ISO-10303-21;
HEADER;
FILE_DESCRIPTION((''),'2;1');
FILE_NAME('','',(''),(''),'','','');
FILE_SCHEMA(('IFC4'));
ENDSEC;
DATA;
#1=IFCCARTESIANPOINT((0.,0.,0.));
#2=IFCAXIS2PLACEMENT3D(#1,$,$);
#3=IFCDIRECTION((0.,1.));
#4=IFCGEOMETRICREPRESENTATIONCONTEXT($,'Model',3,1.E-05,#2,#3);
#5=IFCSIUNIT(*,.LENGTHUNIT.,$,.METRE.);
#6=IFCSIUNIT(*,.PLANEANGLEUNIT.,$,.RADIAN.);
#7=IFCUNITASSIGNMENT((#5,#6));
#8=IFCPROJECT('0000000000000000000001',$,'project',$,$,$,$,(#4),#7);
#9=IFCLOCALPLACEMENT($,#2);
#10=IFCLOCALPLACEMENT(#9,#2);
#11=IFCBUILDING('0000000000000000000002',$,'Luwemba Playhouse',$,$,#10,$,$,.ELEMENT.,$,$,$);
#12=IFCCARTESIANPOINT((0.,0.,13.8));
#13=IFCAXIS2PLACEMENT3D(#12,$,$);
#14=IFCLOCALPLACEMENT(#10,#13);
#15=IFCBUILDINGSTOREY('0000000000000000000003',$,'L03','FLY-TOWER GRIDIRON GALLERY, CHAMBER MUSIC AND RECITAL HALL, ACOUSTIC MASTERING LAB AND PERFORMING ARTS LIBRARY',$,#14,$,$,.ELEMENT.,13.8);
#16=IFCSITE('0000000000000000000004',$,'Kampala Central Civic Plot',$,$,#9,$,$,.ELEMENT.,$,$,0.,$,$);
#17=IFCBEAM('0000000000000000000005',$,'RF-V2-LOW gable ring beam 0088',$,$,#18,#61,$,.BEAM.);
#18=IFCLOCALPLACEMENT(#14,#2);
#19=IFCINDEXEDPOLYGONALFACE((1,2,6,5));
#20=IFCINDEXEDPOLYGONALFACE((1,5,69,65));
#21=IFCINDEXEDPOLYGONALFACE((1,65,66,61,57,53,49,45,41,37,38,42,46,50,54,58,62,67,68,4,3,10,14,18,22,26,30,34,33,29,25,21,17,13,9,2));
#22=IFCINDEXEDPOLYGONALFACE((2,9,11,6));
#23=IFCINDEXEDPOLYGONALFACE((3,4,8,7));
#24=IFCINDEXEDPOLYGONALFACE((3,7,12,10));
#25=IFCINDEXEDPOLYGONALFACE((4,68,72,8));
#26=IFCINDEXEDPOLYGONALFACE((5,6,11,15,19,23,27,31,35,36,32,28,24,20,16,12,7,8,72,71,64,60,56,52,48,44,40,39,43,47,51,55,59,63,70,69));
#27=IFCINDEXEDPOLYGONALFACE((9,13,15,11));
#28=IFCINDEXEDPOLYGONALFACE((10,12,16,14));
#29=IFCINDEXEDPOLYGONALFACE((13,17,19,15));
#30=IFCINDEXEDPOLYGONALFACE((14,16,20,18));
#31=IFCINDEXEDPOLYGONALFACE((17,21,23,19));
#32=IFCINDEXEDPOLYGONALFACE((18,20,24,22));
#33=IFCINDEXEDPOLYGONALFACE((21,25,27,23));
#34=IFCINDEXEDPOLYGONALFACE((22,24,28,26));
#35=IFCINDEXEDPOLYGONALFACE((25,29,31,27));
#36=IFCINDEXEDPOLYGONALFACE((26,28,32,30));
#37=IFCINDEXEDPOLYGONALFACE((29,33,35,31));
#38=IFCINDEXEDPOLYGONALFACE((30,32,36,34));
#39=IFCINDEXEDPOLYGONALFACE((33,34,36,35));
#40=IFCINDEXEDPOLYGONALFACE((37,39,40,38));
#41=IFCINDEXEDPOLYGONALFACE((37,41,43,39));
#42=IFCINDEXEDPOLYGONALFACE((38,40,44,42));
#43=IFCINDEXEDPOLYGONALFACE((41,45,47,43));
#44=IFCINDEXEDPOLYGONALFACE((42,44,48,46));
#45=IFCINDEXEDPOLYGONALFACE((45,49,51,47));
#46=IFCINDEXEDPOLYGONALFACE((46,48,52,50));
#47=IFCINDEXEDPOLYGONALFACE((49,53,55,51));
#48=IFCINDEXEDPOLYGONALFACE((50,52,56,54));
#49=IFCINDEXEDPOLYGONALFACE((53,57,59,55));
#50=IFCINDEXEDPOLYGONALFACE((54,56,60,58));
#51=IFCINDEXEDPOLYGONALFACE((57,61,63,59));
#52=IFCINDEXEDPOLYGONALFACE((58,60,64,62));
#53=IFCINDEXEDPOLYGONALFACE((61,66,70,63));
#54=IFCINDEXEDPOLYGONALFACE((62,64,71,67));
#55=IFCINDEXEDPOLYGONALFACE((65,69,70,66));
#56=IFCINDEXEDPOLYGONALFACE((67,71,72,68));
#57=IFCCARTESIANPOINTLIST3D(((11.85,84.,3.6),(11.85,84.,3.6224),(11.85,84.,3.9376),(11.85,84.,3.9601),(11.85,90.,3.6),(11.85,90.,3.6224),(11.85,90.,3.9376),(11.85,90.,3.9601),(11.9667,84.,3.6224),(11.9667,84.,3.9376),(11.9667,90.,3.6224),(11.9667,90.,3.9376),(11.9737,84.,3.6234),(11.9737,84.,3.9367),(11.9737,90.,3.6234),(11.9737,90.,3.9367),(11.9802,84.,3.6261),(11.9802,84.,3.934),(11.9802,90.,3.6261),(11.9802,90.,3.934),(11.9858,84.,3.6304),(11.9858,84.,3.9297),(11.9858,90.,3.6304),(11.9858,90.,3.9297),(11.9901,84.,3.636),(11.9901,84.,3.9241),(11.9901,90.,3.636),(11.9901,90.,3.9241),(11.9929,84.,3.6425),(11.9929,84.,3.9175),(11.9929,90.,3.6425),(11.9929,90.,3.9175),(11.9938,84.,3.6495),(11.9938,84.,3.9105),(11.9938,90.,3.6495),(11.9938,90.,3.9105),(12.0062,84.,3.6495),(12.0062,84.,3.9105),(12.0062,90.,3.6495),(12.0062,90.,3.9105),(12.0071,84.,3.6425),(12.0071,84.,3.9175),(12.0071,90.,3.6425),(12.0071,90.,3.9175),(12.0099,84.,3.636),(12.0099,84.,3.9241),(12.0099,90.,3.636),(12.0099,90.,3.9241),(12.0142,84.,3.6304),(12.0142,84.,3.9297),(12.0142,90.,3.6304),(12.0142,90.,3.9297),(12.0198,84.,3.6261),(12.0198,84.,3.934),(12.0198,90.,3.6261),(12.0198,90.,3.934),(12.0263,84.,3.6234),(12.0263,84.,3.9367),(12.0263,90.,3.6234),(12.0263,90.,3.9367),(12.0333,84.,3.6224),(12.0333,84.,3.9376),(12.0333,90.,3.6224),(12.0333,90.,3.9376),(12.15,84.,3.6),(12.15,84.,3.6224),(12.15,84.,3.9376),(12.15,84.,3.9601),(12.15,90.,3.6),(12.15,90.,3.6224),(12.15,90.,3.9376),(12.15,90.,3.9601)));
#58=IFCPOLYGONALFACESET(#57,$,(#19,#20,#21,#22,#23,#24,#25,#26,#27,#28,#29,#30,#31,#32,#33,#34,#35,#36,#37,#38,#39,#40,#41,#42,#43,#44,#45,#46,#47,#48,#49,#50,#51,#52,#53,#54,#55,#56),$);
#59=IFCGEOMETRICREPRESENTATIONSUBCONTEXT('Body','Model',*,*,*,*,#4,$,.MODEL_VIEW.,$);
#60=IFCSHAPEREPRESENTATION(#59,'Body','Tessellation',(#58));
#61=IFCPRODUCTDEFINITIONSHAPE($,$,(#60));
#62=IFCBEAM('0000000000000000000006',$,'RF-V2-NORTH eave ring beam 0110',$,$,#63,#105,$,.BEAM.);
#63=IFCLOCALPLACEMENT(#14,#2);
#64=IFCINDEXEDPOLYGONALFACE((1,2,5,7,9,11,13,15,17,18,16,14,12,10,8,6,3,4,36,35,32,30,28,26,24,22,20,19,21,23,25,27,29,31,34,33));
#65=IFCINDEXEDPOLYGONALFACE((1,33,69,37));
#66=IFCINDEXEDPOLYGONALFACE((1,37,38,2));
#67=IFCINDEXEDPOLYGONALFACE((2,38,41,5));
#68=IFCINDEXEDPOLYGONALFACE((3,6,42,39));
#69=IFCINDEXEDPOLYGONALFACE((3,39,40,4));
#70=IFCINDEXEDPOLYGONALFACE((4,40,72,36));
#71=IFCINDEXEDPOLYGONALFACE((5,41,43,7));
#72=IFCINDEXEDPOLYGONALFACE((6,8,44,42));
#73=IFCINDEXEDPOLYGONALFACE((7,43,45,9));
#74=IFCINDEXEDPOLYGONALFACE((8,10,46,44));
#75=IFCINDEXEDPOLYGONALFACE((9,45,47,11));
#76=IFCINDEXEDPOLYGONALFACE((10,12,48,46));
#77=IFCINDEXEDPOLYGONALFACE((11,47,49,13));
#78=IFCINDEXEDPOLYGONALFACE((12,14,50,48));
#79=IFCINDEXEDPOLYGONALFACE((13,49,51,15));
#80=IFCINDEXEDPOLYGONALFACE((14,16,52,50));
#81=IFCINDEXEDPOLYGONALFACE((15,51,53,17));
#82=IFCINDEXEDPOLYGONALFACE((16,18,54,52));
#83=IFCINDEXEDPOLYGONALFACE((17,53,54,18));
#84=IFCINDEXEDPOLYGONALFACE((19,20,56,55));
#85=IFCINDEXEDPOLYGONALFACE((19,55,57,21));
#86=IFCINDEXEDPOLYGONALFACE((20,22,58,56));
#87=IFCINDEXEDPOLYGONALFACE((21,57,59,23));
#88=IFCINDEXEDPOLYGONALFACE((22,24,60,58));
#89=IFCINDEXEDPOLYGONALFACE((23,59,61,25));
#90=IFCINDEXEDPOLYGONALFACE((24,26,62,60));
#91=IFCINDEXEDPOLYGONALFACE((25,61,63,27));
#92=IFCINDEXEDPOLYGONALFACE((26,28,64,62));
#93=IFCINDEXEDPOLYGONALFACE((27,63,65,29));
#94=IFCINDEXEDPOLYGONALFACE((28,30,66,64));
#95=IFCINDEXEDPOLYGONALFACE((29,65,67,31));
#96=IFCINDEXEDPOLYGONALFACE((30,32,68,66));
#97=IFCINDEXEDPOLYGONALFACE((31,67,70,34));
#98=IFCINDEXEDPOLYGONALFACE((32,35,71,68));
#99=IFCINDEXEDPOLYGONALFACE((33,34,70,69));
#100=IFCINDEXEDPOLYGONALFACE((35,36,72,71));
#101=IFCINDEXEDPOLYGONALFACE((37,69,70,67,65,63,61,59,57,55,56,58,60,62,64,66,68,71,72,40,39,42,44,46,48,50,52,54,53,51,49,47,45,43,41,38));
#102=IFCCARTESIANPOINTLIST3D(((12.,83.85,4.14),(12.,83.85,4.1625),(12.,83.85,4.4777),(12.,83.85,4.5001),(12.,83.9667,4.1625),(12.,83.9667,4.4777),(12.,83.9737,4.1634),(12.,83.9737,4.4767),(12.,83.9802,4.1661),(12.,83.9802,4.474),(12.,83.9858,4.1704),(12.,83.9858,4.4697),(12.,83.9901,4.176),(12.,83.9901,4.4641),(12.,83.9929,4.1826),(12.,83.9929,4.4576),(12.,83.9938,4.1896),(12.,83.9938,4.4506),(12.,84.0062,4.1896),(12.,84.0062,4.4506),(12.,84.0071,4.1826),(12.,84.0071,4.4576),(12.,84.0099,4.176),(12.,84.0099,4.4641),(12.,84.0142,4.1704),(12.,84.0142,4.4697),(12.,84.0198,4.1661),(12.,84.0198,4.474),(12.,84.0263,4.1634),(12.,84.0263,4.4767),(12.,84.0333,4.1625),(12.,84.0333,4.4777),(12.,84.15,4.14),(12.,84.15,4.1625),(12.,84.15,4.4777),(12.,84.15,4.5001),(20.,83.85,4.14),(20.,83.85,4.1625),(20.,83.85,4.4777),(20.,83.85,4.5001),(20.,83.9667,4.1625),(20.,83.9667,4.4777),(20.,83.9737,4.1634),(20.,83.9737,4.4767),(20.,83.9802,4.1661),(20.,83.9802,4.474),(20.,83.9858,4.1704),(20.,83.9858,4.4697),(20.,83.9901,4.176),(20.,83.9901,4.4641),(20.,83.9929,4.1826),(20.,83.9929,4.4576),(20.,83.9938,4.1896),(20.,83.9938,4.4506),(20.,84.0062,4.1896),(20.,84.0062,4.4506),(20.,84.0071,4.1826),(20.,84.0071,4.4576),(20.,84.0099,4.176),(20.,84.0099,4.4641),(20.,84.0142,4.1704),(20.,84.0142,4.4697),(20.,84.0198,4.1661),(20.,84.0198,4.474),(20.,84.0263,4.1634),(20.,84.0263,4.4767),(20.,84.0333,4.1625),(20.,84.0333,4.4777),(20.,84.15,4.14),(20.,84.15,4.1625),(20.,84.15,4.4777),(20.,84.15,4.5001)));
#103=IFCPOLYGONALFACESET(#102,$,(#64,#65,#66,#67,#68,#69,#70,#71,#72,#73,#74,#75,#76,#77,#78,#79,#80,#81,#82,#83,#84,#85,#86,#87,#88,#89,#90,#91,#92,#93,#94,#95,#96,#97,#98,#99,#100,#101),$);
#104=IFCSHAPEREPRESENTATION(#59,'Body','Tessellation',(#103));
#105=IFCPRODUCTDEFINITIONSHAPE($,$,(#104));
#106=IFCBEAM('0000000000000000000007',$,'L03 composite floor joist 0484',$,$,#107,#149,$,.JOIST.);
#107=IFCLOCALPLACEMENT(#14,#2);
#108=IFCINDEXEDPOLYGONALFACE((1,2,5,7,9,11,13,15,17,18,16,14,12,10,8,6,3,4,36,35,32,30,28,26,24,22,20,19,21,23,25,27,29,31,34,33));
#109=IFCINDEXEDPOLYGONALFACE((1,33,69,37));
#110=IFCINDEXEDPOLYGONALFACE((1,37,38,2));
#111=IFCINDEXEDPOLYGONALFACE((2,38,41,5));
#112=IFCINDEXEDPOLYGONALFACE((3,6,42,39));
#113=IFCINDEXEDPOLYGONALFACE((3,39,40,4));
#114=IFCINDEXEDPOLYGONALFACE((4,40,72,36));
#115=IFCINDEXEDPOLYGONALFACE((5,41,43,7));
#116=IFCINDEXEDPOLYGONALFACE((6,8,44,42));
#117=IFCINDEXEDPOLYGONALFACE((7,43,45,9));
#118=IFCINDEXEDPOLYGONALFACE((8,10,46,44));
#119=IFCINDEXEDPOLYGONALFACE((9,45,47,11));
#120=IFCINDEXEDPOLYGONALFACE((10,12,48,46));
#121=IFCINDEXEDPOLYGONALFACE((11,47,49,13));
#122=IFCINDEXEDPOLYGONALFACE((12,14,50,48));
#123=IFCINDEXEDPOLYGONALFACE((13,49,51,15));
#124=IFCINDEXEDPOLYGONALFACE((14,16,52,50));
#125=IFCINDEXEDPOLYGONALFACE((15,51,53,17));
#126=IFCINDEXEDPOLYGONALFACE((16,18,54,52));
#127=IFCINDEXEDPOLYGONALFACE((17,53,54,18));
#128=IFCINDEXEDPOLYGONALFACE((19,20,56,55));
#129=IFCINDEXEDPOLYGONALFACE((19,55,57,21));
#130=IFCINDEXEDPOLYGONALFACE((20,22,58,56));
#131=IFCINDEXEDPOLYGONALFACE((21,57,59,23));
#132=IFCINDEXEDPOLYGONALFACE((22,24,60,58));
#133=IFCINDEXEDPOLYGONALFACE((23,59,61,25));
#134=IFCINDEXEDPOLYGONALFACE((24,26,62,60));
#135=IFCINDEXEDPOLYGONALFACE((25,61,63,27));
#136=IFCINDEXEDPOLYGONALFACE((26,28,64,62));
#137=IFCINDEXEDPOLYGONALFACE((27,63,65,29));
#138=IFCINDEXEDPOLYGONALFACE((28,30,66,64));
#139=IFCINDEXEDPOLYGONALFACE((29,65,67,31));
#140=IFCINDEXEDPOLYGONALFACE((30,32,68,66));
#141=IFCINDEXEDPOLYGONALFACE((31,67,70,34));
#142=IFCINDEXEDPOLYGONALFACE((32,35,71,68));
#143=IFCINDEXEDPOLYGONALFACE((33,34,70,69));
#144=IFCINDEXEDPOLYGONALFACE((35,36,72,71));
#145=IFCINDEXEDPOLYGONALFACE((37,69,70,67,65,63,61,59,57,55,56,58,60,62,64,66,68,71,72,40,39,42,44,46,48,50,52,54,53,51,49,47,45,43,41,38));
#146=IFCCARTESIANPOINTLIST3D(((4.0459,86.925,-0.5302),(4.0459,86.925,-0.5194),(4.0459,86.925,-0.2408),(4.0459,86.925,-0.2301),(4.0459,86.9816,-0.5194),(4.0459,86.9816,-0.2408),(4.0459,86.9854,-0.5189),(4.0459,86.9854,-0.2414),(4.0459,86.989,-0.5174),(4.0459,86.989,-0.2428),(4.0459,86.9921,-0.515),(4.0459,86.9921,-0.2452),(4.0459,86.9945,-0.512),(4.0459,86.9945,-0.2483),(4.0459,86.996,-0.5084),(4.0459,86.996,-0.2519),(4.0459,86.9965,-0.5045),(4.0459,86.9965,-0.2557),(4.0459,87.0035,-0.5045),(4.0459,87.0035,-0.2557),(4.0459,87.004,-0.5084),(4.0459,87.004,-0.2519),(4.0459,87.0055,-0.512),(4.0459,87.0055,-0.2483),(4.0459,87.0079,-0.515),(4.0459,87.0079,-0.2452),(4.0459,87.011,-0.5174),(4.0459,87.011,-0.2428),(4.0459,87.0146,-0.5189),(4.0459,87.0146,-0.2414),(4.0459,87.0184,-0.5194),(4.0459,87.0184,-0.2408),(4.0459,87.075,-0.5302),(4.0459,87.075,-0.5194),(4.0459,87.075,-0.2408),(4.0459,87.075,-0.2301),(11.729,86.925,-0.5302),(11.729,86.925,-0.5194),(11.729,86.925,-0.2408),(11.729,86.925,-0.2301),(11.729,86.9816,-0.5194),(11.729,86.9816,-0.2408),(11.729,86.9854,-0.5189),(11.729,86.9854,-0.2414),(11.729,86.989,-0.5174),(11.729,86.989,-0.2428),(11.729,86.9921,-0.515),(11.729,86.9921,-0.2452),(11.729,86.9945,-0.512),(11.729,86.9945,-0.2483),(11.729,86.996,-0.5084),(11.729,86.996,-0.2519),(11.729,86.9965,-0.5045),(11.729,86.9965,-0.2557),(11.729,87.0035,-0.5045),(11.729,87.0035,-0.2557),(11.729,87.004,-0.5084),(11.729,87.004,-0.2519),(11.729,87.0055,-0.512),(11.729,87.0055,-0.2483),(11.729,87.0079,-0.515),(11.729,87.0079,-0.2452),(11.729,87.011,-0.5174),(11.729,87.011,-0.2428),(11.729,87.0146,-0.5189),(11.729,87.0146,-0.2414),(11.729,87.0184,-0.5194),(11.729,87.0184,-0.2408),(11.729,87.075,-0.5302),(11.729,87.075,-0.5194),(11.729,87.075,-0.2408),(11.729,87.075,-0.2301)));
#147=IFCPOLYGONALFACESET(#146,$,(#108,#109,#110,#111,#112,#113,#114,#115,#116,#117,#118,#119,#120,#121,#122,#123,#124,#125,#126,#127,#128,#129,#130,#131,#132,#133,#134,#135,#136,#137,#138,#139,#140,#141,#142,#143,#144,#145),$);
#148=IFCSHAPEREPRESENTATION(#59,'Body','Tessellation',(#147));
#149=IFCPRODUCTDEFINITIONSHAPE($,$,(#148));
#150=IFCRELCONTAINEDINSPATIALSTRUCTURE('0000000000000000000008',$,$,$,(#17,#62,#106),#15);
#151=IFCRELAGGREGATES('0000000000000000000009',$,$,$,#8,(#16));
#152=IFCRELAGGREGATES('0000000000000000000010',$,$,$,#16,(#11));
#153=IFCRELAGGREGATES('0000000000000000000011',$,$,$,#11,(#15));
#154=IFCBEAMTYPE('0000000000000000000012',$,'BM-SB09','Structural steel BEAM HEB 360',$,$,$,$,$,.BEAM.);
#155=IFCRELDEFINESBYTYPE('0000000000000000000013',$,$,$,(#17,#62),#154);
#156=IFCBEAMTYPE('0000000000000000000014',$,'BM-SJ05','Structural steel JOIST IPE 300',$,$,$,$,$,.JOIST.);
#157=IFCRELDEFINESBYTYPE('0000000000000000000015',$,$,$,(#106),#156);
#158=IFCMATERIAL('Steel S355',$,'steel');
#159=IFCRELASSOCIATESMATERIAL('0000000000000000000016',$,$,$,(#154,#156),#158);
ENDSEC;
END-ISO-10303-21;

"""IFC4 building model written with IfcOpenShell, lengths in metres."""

from ifc_helpers import new_model, si_unit, direction, frame, origin, origin_2d, place, context, subcontext, project, spatial, i_section, extrude, material, material_profile, profile_set, type_object, element, save


model = new_model("IFC4")

# Units and contexts
model_context = context("Model", 3, precision=1e-05, world=origin(), true_north=direction((0.0, 1.0)))
body_context = subcontext(model_context, "Body", "Model", "MODEL_VIEW")
ifc_project = project(units=[si_unit("LENGTHUNIT", "METRE"), si_unit("PLANEANGLEUNIT", "RADIAN")], contexts=[model_context])

# Site, building, storey
site_placement = place(None, origin())
site = spatial("IfcSite", under=ifc_project, at=site_placement, Name="Kampala Central Civic Plot", CompositionType="ELEMENT", RefElevation=0.0)
building_placement = place(site_placement, origin())
building = spatial("IfcBuilding", under=site, at=building_placement, Name="Luwemba Playhouse", CompositionType="ELEMENT")
storey_placement = place(building_placement, frame((0.0, 0.0, 13.8)))
storey = spatial("IfcBuildingStorey", under=building, at=storey_placement, Name="L03", Description="FLY-TOWER GRIDIRON GALLERY, CHAMBER MUSIC AND RECITAL HALL, ACOUSTIC MASTERING LAB AND PERFORMING ARTS LIBRARY", CompositionType="ELEMENT", Elevation=13.8)

# Beams
ifc_material_1 = material(Name="Steel S355", Category="steel")
ifc_material_profile_1 = material_profile(ifc_material_1, i_section(OverallWidth=0.3, OverallDepth=0.3601, WebThickness=0.0125, FlangeThickness=0.0225, FilletRadius=0.0271, at=origin_2d()))
ifc_profile_set_1 = profile_set([ifc_material_profile_1], Name="Steel S355")
beam_type_1 = type_object("IfcBeamType", Name="BM-SB09", Description="Structural steel BEAM HEB 360", PredefinedType="BEAM", material=ifc_profile_set_1)
for number, where, z_axis, x_axis, name in (
    (1, (12.0, 84.0, 3.78), (0.0, 1.0, 0.0), (-1.0, 0.0, 0.0), "RF-V2-LOW gable ring beam 0088"),
):
    element("IfcBeam", number, at=place(storey_placement, frame(where, z_axis=z_axis, x_axis=x_axis)), inside=storey, type_object=beam_type_1, Name=name, PredefinedType="BEAM", context=body_context, shape_type="SweptSolid", body=[
        extrude(i_section(OverallWidth=0.3, OverallDepth=0.3601, WebThickness=0.0125, FlangeThickness=0.0225, FilletRadius=0.0271, at=origin_2d()), origin(), (0.0, 0.0, 1.0), 6.0),
    ])
beam_1_placement = place(storey_placement, frame((12.0, 84.0, 4.3201), z_axis=(1.0, 0.0, 0.0), x_axis=(0.0, 1.0, 0.0)))
element("IfcBeam", 2, at=beam_1_placement, inside=storey, type_object=beam_type_1, Name="RF-V2-NORTH eave ring beam 0110", PredefinedType="BEAM", context=body_context, shape_type="SweptSolid", body=[
    extrude(i_section(OverallWidth=0.3, OverallDepth=0.3601, WebThickness=0.0125, FlangeThickness=0.0225, FilletRadius=0.0271, at=origin_2d()), origin(), (0.0, 0.0, 1.0), 8.0),
])
ifc_material_profile_2 = material_profile(ifc_material_1, i_section(OverallWidth=0.1499, OverallDepth=0.3, WebThickness=0.0071, FlangeThickness=0.0107, FilletRadius=0.0149, at=origin_2d()))
ifc_profile_set_2 = profile_set([ifc_material_profile_2], Name="Steel S355")
beam_type_2 = type_object("IfcBeamType", Name="BM-SJ05", Description="Structural steel JOIST IPE 300", PredefinedType="JOIST", material=ifc_profile_set_2)
beam_2_placement = place(storey_placement, frame((4.0459, 87.0, -0.3801), z_axis=(1.0, 0.0, 0.0), x_axis=(0.0, 1.0, 0.0)))
element("IfcBeam", 3, at=beam_2_placement, inside=storey, type_object=beam_type_2, Name="L03 composite floor joist 0484", PredefinedType="JOIST", context=body_context, shape_type="SweptSolid", body=[
    extrude(i_section(OverallWidth=0.1499, OverallDepth=0.3, WebThickness=0.0071, FlangeThickness=0.0107, FilletRadius=0.0149, at=origin_2d()), origin(), (0.0, 0.0, 1.0), 7.6831),
])

save(model, "model.ifc")
